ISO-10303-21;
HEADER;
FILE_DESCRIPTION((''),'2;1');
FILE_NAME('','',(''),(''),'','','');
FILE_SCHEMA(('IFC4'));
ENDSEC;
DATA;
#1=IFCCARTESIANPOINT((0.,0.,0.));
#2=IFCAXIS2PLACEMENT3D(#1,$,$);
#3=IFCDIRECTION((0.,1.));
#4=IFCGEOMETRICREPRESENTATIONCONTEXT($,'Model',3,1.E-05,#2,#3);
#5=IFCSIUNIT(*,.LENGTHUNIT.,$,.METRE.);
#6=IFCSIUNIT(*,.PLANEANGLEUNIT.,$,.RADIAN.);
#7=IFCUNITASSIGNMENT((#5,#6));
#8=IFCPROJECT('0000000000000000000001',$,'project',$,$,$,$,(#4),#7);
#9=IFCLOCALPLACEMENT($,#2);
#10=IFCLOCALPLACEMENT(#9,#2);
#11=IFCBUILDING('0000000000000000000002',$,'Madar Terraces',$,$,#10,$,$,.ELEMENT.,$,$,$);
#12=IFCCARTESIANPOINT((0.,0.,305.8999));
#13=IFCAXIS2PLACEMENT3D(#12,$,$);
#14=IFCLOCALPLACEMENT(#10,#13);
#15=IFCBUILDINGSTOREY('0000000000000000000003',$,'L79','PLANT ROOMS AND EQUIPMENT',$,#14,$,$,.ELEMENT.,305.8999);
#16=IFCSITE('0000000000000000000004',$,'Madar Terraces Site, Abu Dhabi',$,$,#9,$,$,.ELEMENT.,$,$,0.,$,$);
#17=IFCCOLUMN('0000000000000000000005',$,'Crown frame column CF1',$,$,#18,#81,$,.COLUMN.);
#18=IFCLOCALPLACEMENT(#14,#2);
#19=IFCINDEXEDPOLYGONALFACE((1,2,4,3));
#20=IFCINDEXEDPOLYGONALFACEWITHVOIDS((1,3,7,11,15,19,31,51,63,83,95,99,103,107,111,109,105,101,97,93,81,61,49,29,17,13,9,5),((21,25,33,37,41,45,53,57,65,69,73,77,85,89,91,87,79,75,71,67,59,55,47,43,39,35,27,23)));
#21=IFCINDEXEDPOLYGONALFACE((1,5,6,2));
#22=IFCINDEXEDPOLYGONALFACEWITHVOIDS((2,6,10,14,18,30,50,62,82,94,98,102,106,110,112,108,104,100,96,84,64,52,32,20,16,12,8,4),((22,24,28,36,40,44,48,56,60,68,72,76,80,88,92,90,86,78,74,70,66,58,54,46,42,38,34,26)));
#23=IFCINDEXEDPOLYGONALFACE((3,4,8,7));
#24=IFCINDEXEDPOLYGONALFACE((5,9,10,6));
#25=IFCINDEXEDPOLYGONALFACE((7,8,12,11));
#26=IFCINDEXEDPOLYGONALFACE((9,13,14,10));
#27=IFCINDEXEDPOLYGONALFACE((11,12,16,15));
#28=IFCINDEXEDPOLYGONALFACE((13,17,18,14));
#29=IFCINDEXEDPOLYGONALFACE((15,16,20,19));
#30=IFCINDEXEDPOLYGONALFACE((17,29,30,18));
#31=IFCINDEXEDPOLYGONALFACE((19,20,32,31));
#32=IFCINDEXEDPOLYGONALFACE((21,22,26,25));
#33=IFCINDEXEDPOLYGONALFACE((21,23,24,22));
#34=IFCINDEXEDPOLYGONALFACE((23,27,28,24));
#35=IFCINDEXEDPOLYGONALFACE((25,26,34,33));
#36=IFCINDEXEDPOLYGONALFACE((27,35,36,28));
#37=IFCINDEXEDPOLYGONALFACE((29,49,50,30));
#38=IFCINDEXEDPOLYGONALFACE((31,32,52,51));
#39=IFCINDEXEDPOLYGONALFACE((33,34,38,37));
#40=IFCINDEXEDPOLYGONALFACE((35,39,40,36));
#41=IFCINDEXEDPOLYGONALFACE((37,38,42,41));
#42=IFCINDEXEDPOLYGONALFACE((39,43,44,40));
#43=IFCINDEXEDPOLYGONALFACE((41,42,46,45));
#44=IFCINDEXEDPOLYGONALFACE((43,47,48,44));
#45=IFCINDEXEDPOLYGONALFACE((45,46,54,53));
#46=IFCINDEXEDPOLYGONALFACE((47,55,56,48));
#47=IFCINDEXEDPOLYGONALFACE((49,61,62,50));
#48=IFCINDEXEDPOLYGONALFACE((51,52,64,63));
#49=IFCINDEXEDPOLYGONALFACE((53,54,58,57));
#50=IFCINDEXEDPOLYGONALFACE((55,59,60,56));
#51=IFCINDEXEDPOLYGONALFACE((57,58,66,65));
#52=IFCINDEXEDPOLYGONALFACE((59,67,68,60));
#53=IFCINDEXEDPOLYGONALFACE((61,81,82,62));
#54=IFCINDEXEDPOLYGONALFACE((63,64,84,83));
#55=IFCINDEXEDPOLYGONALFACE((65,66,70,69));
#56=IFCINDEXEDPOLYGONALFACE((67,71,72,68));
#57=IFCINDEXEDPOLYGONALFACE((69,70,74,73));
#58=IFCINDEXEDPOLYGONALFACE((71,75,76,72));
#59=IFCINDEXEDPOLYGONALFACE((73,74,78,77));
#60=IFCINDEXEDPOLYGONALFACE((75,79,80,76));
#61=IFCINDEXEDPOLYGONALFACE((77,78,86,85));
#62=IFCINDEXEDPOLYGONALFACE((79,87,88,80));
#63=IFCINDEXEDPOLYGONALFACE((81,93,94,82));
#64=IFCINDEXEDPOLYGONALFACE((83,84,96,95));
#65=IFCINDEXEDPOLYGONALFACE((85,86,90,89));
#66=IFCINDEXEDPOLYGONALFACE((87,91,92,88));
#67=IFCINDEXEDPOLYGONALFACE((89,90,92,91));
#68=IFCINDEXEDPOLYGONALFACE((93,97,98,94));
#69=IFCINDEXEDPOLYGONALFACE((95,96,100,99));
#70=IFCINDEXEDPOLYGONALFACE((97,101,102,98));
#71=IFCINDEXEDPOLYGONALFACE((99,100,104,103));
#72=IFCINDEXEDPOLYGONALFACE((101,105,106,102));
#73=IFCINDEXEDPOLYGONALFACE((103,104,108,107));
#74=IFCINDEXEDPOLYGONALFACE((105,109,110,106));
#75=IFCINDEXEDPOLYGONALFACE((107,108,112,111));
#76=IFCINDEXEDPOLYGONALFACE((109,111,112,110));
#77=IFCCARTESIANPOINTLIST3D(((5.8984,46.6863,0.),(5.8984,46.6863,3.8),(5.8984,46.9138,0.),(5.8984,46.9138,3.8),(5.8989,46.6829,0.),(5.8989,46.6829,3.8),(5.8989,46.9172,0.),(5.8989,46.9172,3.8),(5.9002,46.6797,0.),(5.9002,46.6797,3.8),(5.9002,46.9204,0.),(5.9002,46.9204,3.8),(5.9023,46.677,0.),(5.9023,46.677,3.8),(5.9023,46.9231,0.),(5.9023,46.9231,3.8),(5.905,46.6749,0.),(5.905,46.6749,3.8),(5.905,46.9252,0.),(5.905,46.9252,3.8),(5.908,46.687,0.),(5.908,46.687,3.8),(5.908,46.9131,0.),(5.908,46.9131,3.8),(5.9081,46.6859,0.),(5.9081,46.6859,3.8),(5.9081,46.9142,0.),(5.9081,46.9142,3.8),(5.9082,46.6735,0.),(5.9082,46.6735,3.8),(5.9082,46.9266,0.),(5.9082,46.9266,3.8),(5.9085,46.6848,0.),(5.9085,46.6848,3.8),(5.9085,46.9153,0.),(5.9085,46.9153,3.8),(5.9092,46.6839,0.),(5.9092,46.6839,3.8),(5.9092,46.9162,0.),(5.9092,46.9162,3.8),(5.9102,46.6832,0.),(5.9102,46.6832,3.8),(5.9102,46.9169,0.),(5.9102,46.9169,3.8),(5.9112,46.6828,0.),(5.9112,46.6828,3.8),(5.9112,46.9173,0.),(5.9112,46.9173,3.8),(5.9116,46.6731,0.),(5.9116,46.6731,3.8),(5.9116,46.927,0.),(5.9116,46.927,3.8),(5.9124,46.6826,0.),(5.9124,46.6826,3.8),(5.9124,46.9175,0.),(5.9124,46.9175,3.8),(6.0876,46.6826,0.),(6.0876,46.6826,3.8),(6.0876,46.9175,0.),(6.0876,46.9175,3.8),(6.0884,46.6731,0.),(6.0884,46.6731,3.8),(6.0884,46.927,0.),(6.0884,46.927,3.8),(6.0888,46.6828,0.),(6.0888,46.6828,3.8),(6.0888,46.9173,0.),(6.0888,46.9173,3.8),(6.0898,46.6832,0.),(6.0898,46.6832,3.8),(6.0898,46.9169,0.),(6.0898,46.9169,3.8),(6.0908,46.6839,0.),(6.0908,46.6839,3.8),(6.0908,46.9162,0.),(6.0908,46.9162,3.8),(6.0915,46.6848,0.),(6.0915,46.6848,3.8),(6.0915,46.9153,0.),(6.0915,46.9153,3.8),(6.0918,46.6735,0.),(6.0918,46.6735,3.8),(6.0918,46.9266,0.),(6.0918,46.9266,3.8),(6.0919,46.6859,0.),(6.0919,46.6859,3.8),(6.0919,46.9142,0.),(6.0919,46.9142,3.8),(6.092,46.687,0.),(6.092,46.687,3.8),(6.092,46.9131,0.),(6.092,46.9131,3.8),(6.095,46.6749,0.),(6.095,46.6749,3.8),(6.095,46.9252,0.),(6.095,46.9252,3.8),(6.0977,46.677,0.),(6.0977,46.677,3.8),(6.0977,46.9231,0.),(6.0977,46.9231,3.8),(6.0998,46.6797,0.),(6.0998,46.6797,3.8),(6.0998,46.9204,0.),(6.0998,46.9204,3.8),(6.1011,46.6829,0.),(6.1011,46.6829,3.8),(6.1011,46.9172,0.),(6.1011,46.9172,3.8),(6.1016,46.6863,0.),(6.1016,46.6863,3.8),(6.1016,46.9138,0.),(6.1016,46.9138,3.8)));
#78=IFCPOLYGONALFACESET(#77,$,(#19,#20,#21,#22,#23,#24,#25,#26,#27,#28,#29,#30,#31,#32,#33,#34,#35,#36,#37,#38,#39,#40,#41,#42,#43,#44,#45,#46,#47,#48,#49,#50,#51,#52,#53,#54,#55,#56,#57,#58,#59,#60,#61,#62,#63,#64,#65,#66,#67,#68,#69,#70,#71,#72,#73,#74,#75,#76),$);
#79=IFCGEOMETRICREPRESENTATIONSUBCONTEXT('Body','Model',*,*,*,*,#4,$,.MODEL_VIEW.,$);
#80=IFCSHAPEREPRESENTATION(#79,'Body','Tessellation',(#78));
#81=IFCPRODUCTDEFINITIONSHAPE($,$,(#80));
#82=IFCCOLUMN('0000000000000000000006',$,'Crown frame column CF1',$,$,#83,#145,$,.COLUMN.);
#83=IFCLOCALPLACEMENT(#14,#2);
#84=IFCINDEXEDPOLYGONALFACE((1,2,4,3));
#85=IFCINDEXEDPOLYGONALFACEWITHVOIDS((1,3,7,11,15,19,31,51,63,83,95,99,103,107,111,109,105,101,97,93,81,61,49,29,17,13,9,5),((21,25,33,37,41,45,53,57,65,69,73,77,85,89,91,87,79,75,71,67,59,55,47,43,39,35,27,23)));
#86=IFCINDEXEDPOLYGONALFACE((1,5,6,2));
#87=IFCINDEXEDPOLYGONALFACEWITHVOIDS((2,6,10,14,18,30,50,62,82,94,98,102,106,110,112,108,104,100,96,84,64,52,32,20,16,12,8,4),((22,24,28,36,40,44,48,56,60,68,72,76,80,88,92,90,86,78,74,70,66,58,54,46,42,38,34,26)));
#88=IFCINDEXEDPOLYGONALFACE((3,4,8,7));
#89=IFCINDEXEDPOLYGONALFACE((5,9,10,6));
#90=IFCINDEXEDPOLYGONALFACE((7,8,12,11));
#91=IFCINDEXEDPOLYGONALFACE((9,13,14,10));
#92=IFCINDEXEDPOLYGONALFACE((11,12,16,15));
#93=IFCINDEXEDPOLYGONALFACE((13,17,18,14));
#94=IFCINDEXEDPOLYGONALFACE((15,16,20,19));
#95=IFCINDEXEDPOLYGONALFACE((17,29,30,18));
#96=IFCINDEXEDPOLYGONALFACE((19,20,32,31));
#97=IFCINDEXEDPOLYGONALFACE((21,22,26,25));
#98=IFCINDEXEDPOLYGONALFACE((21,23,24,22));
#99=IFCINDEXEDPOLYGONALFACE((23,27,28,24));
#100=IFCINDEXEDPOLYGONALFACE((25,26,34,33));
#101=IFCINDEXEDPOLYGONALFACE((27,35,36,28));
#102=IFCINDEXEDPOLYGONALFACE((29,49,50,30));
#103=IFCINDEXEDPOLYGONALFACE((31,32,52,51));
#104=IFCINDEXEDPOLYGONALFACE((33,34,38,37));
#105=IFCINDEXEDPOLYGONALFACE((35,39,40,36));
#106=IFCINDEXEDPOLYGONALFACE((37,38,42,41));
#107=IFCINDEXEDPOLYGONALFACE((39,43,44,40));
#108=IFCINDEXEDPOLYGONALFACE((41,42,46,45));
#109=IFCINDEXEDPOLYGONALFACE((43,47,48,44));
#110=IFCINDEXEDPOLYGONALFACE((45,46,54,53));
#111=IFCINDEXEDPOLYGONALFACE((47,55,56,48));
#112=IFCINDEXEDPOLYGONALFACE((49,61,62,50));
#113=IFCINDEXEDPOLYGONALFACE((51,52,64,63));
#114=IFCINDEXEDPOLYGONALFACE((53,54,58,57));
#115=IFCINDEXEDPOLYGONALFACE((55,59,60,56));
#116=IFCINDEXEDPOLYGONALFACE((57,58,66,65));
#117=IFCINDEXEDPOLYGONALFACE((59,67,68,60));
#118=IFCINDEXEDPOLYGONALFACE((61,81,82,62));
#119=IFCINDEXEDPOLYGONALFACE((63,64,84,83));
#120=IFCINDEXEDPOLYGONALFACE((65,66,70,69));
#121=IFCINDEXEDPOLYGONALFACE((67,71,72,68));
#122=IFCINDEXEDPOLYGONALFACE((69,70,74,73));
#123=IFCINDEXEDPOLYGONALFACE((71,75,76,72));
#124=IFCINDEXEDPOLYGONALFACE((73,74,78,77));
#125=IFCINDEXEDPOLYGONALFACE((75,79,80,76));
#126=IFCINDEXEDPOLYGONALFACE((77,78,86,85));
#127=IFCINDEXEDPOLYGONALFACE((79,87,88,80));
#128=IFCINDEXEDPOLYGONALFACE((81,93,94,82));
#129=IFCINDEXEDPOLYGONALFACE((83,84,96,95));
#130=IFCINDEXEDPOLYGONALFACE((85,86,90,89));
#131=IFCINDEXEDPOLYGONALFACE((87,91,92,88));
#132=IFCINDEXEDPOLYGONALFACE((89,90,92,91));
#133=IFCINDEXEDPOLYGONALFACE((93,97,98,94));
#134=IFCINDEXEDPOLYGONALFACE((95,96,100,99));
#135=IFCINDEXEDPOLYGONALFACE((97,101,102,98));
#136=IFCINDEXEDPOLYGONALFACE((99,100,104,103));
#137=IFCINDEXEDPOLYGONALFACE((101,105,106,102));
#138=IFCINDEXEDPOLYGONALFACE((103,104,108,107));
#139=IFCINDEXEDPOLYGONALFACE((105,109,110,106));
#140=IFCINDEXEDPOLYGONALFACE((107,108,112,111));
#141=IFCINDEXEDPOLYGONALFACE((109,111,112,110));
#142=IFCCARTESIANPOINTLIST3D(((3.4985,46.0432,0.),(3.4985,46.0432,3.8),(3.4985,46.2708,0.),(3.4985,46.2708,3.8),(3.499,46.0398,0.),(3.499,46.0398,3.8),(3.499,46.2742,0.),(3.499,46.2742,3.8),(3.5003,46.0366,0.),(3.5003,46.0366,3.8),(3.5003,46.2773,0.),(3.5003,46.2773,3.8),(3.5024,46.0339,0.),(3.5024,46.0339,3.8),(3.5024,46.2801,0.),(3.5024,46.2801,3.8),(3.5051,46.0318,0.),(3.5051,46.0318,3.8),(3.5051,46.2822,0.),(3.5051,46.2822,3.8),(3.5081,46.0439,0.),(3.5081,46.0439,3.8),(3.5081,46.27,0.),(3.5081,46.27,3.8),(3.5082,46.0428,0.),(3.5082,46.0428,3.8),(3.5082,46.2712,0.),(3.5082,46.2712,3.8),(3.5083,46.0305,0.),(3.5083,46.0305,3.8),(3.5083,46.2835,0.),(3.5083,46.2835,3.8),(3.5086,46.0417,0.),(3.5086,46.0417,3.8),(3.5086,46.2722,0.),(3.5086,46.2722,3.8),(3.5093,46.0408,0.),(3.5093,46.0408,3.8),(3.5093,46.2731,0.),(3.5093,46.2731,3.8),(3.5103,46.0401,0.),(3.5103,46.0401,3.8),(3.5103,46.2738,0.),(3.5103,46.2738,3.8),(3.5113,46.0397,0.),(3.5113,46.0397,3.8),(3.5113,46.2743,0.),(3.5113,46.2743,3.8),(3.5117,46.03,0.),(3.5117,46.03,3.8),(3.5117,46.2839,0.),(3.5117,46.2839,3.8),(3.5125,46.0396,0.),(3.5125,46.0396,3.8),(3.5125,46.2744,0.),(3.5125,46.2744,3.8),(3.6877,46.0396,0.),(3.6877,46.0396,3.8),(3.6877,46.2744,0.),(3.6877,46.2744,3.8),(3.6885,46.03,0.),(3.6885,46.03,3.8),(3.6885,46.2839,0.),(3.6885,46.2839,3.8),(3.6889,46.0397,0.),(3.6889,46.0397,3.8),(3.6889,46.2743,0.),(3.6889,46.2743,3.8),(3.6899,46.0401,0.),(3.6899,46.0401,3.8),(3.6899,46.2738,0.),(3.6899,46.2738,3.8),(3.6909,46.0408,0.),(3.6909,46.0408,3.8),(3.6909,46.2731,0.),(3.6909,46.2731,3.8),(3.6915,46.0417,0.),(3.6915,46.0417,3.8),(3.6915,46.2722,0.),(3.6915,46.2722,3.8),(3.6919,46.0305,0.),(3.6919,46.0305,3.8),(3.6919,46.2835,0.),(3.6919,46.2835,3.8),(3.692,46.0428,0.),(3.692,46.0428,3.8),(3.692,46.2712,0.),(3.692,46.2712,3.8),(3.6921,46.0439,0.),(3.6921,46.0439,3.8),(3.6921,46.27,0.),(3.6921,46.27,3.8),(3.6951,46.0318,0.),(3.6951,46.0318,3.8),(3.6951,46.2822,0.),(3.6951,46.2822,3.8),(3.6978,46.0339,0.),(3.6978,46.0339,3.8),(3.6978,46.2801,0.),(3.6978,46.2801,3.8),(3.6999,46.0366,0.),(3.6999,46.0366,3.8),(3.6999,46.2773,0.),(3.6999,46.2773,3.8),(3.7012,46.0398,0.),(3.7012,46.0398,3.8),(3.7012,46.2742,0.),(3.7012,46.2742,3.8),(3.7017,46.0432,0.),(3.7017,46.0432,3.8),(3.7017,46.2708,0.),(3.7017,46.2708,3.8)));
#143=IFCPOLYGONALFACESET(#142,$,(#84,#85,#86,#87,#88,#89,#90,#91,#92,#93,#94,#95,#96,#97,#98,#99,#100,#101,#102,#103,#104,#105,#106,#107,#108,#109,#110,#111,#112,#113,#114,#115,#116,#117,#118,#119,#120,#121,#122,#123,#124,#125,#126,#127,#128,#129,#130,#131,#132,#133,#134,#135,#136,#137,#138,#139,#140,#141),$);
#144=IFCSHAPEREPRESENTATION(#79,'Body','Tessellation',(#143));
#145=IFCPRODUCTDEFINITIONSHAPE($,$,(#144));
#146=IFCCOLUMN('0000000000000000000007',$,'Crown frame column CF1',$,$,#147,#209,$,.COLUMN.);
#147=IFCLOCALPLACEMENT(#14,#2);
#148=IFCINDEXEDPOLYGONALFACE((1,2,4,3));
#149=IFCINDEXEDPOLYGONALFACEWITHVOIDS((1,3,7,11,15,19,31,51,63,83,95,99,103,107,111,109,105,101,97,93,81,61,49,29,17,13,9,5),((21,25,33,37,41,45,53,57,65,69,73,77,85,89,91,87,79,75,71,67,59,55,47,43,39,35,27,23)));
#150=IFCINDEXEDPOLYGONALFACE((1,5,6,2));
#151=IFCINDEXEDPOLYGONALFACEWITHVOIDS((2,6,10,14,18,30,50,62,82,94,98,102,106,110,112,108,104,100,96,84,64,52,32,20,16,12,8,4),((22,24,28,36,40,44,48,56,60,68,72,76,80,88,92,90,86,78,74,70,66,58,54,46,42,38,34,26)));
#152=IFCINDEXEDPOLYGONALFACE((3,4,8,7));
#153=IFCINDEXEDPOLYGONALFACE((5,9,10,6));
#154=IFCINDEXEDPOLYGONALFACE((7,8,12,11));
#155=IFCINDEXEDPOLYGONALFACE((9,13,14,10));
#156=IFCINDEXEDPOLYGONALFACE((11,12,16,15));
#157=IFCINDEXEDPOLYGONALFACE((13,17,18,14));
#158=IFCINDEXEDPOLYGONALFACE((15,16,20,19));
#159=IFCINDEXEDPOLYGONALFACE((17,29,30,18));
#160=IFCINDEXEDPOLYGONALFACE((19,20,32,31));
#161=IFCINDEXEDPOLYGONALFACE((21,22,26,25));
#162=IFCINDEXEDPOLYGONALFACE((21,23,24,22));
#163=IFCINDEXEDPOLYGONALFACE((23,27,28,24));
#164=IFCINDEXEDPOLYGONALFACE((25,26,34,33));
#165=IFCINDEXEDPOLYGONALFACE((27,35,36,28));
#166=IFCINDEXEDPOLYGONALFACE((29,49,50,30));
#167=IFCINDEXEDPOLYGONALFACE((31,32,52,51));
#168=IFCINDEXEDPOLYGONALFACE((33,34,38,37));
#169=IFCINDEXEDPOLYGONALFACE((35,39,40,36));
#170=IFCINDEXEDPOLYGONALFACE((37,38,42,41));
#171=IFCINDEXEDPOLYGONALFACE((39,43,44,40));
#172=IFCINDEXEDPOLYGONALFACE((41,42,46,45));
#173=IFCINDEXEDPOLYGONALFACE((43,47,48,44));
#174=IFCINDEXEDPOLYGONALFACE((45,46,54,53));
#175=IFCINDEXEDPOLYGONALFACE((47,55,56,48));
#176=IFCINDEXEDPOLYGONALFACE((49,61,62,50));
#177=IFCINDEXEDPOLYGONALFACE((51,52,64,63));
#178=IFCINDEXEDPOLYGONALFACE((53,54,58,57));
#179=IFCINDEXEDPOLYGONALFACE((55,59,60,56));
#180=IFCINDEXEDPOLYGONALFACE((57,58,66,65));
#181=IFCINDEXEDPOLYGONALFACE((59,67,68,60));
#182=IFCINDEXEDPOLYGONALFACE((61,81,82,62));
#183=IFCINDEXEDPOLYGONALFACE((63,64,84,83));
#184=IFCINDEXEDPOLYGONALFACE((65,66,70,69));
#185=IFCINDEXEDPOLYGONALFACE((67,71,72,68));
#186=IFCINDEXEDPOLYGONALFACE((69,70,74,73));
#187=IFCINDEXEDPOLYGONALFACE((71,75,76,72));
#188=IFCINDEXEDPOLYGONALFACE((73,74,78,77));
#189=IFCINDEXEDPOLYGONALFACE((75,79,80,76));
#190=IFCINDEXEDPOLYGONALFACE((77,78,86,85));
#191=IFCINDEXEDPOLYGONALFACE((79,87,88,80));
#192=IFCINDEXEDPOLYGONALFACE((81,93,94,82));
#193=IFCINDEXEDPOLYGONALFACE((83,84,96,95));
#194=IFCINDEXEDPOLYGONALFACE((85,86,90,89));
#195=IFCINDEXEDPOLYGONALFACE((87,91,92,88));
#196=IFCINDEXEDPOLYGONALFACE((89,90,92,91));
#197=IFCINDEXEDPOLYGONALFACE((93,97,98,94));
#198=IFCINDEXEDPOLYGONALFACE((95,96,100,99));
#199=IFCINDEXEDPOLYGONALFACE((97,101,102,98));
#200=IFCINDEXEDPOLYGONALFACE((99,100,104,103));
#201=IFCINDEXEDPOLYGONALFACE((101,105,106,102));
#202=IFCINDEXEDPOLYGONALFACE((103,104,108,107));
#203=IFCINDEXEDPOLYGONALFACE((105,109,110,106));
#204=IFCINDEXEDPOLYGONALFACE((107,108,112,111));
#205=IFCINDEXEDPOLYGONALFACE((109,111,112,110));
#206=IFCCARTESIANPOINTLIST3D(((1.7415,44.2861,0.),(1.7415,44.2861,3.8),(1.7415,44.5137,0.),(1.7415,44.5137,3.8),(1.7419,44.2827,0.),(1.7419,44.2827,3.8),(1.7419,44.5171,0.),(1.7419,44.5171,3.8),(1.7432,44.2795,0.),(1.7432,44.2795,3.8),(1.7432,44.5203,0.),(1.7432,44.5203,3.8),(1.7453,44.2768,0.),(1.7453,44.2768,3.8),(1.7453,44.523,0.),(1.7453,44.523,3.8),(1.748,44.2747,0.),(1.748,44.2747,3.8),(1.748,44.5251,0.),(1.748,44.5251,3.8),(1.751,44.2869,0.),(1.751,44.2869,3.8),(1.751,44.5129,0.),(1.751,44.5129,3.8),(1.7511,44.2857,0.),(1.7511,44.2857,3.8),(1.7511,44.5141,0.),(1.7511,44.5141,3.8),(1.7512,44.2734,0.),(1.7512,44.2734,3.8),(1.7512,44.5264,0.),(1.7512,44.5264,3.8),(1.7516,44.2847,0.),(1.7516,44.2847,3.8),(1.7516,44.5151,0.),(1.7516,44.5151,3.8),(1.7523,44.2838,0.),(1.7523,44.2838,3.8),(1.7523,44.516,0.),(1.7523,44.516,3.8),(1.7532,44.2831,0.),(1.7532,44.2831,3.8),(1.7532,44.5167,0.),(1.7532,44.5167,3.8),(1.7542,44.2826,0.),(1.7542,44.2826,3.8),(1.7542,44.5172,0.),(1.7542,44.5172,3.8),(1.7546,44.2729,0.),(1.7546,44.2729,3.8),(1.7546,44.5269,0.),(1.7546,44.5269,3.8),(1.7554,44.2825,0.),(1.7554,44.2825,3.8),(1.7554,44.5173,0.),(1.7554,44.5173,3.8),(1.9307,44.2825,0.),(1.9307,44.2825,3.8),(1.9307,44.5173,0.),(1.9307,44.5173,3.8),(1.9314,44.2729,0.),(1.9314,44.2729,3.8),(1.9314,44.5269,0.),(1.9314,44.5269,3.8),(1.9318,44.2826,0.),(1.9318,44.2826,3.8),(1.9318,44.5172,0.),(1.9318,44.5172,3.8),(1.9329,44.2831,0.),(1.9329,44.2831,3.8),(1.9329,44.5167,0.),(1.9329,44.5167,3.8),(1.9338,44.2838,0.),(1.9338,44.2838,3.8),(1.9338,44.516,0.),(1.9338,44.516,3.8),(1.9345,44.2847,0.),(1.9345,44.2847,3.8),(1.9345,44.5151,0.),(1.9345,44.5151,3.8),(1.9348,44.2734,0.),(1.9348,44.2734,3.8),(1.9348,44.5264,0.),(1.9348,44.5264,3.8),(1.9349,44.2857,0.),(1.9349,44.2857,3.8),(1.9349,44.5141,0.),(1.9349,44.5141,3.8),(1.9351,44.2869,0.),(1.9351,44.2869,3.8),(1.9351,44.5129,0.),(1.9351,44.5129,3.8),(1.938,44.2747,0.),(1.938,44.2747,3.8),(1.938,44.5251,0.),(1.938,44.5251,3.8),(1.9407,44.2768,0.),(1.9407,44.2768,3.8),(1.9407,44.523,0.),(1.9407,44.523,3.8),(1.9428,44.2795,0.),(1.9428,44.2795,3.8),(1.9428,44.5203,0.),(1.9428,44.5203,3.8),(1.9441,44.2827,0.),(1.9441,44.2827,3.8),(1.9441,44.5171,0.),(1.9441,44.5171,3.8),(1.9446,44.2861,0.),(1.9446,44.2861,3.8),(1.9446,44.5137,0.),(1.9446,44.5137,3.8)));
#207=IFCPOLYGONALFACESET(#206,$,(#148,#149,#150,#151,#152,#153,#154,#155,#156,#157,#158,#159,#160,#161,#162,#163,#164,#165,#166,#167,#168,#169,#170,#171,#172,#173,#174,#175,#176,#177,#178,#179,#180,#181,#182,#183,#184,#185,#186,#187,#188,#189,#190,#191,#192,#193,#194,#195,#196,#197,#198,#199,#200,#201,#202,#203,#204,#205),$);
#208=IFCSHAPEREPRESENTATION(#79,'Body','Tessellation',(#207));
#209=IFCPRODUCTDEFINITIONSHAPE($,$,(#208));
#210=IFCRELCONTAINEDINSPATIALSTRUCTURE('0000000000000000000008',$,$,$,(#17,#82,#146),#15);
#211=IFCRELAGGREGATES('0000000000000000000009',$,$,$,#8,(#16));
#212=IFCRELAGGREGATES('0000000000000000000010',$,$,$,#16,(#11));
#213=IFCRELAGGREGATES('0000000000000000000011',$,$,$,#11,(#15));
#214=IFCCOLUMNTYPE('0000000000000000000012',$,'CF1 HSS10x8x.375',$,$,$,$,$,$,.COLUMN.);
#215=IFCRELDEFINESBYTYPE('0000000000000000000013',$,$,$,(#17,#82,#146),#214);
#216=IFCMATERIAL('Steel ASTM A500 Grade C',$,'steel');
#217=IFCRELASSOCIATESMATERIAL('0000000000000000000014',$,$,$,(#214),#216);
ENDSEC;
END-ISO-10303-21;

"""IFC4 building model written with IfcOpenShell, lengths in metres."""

from ifc_helpers import new_model, si_unit, direction, frame, origin, origin_2d, place, context, subcontext, project, spatial, hollow_rectangle, extrude, material, material_profile, profile_set, type_object, element, save


model = new_model("IFC4")

# Units and contexts
model_context = context("Model", 3, precision=1e-05, world=origin(), true_north=direction((0.0, 1.0)))
body_context = subcontext(model_context, "Body", "Model", "MODEL_VIEW")
ifc_project = project(units=[si_unit("LENGTHUNIT", "METRE"), si_unit("PLANEANGLEUNIT", "RADIAN")], contexts=[model_context])

# Site, building, storey
site_placement = place(None, origin())
site = spatial("IfcSite", under=ifc_project, at=site_placement, Name="Madar Terraces Site, Abu Dhabi", CompositionType="ELEMENT", RefElevation=0.0)
building_placement = place(site_placement, origin())
building = spatial("IfcBuilding", under=site, at=building_placement, Name="Madar Terraces", CompositionType="ELEMENT")
storey_placement = place(building_placement, frame((0.0, 0.0, 305.8999)))
storey = spatial("IfcBuildingStorey", under=building, at=storey_placement, Name="L79", Description="PLANT ROOMS AND EQUIPMENT", CompositionType="ELEMENT", Elevation=305.8999)

# Columns
ifc_material_1 = material(Name="Steel ASTM A500 Grade C", Category="steel")
ifc_material_profile_1 = material_profile(ifc_material_1, hollow_rectangle(XDim=0.2031, YDim=0.2539, WallThickness=0.0095, InnerFilletRadius=0.0044, OuterFilletRadius=0.0132, at=origin_2d()), Name="HSS10x8x.375")
ifc_profile_set_1 = profile_set([ifc_material_profile_1], Name="Steel ASTM A500 Grade C")
column_type = type_object("IfcColumnType", Name="CF1 HSS10x8x.375", PredefinedType="COLUMN", material=ifc_profile_set_1)
for number, where, z_axis, x_axis, name in (
    (1, (6.0, 46.8, 0.0), (0.0, 0.0, 1.0), (1.0, 0.0, 0.0), "Crown frame column CF1"),
    (2, (3.6001, 46.157, 0.0), (0.0, 0.0, 1.0), (1.0, 0.0, 0.0), "Crown frame column CF1"),
    (3, (1.843, 44.3999, 0.0), (0.0, 0.0, 1.0), (1.0, 0.0, 0.0), "Crown frame column CF1"),
):
    element("IfcColumn", number, at=place(storey_placement, frame(where, z_axis=z_axis, x_axis=x_axis)), inside=storey, type_object=column_type, Name=name, PredefinedType="COLUMN", context=body_context, shape_type="SweptSolid", body=[
        extrude(hollow_rectangle(XDim=0.2031, YDim=0.2539, WallThickness=0.0095, InnerFilletRadius=0.0044, OuterFilletRadius=0.0132, at=origin_2d()), origin(), (0.0, 0.0, 1.0), 3.8),
    ])

save(model, "model.ifc")
